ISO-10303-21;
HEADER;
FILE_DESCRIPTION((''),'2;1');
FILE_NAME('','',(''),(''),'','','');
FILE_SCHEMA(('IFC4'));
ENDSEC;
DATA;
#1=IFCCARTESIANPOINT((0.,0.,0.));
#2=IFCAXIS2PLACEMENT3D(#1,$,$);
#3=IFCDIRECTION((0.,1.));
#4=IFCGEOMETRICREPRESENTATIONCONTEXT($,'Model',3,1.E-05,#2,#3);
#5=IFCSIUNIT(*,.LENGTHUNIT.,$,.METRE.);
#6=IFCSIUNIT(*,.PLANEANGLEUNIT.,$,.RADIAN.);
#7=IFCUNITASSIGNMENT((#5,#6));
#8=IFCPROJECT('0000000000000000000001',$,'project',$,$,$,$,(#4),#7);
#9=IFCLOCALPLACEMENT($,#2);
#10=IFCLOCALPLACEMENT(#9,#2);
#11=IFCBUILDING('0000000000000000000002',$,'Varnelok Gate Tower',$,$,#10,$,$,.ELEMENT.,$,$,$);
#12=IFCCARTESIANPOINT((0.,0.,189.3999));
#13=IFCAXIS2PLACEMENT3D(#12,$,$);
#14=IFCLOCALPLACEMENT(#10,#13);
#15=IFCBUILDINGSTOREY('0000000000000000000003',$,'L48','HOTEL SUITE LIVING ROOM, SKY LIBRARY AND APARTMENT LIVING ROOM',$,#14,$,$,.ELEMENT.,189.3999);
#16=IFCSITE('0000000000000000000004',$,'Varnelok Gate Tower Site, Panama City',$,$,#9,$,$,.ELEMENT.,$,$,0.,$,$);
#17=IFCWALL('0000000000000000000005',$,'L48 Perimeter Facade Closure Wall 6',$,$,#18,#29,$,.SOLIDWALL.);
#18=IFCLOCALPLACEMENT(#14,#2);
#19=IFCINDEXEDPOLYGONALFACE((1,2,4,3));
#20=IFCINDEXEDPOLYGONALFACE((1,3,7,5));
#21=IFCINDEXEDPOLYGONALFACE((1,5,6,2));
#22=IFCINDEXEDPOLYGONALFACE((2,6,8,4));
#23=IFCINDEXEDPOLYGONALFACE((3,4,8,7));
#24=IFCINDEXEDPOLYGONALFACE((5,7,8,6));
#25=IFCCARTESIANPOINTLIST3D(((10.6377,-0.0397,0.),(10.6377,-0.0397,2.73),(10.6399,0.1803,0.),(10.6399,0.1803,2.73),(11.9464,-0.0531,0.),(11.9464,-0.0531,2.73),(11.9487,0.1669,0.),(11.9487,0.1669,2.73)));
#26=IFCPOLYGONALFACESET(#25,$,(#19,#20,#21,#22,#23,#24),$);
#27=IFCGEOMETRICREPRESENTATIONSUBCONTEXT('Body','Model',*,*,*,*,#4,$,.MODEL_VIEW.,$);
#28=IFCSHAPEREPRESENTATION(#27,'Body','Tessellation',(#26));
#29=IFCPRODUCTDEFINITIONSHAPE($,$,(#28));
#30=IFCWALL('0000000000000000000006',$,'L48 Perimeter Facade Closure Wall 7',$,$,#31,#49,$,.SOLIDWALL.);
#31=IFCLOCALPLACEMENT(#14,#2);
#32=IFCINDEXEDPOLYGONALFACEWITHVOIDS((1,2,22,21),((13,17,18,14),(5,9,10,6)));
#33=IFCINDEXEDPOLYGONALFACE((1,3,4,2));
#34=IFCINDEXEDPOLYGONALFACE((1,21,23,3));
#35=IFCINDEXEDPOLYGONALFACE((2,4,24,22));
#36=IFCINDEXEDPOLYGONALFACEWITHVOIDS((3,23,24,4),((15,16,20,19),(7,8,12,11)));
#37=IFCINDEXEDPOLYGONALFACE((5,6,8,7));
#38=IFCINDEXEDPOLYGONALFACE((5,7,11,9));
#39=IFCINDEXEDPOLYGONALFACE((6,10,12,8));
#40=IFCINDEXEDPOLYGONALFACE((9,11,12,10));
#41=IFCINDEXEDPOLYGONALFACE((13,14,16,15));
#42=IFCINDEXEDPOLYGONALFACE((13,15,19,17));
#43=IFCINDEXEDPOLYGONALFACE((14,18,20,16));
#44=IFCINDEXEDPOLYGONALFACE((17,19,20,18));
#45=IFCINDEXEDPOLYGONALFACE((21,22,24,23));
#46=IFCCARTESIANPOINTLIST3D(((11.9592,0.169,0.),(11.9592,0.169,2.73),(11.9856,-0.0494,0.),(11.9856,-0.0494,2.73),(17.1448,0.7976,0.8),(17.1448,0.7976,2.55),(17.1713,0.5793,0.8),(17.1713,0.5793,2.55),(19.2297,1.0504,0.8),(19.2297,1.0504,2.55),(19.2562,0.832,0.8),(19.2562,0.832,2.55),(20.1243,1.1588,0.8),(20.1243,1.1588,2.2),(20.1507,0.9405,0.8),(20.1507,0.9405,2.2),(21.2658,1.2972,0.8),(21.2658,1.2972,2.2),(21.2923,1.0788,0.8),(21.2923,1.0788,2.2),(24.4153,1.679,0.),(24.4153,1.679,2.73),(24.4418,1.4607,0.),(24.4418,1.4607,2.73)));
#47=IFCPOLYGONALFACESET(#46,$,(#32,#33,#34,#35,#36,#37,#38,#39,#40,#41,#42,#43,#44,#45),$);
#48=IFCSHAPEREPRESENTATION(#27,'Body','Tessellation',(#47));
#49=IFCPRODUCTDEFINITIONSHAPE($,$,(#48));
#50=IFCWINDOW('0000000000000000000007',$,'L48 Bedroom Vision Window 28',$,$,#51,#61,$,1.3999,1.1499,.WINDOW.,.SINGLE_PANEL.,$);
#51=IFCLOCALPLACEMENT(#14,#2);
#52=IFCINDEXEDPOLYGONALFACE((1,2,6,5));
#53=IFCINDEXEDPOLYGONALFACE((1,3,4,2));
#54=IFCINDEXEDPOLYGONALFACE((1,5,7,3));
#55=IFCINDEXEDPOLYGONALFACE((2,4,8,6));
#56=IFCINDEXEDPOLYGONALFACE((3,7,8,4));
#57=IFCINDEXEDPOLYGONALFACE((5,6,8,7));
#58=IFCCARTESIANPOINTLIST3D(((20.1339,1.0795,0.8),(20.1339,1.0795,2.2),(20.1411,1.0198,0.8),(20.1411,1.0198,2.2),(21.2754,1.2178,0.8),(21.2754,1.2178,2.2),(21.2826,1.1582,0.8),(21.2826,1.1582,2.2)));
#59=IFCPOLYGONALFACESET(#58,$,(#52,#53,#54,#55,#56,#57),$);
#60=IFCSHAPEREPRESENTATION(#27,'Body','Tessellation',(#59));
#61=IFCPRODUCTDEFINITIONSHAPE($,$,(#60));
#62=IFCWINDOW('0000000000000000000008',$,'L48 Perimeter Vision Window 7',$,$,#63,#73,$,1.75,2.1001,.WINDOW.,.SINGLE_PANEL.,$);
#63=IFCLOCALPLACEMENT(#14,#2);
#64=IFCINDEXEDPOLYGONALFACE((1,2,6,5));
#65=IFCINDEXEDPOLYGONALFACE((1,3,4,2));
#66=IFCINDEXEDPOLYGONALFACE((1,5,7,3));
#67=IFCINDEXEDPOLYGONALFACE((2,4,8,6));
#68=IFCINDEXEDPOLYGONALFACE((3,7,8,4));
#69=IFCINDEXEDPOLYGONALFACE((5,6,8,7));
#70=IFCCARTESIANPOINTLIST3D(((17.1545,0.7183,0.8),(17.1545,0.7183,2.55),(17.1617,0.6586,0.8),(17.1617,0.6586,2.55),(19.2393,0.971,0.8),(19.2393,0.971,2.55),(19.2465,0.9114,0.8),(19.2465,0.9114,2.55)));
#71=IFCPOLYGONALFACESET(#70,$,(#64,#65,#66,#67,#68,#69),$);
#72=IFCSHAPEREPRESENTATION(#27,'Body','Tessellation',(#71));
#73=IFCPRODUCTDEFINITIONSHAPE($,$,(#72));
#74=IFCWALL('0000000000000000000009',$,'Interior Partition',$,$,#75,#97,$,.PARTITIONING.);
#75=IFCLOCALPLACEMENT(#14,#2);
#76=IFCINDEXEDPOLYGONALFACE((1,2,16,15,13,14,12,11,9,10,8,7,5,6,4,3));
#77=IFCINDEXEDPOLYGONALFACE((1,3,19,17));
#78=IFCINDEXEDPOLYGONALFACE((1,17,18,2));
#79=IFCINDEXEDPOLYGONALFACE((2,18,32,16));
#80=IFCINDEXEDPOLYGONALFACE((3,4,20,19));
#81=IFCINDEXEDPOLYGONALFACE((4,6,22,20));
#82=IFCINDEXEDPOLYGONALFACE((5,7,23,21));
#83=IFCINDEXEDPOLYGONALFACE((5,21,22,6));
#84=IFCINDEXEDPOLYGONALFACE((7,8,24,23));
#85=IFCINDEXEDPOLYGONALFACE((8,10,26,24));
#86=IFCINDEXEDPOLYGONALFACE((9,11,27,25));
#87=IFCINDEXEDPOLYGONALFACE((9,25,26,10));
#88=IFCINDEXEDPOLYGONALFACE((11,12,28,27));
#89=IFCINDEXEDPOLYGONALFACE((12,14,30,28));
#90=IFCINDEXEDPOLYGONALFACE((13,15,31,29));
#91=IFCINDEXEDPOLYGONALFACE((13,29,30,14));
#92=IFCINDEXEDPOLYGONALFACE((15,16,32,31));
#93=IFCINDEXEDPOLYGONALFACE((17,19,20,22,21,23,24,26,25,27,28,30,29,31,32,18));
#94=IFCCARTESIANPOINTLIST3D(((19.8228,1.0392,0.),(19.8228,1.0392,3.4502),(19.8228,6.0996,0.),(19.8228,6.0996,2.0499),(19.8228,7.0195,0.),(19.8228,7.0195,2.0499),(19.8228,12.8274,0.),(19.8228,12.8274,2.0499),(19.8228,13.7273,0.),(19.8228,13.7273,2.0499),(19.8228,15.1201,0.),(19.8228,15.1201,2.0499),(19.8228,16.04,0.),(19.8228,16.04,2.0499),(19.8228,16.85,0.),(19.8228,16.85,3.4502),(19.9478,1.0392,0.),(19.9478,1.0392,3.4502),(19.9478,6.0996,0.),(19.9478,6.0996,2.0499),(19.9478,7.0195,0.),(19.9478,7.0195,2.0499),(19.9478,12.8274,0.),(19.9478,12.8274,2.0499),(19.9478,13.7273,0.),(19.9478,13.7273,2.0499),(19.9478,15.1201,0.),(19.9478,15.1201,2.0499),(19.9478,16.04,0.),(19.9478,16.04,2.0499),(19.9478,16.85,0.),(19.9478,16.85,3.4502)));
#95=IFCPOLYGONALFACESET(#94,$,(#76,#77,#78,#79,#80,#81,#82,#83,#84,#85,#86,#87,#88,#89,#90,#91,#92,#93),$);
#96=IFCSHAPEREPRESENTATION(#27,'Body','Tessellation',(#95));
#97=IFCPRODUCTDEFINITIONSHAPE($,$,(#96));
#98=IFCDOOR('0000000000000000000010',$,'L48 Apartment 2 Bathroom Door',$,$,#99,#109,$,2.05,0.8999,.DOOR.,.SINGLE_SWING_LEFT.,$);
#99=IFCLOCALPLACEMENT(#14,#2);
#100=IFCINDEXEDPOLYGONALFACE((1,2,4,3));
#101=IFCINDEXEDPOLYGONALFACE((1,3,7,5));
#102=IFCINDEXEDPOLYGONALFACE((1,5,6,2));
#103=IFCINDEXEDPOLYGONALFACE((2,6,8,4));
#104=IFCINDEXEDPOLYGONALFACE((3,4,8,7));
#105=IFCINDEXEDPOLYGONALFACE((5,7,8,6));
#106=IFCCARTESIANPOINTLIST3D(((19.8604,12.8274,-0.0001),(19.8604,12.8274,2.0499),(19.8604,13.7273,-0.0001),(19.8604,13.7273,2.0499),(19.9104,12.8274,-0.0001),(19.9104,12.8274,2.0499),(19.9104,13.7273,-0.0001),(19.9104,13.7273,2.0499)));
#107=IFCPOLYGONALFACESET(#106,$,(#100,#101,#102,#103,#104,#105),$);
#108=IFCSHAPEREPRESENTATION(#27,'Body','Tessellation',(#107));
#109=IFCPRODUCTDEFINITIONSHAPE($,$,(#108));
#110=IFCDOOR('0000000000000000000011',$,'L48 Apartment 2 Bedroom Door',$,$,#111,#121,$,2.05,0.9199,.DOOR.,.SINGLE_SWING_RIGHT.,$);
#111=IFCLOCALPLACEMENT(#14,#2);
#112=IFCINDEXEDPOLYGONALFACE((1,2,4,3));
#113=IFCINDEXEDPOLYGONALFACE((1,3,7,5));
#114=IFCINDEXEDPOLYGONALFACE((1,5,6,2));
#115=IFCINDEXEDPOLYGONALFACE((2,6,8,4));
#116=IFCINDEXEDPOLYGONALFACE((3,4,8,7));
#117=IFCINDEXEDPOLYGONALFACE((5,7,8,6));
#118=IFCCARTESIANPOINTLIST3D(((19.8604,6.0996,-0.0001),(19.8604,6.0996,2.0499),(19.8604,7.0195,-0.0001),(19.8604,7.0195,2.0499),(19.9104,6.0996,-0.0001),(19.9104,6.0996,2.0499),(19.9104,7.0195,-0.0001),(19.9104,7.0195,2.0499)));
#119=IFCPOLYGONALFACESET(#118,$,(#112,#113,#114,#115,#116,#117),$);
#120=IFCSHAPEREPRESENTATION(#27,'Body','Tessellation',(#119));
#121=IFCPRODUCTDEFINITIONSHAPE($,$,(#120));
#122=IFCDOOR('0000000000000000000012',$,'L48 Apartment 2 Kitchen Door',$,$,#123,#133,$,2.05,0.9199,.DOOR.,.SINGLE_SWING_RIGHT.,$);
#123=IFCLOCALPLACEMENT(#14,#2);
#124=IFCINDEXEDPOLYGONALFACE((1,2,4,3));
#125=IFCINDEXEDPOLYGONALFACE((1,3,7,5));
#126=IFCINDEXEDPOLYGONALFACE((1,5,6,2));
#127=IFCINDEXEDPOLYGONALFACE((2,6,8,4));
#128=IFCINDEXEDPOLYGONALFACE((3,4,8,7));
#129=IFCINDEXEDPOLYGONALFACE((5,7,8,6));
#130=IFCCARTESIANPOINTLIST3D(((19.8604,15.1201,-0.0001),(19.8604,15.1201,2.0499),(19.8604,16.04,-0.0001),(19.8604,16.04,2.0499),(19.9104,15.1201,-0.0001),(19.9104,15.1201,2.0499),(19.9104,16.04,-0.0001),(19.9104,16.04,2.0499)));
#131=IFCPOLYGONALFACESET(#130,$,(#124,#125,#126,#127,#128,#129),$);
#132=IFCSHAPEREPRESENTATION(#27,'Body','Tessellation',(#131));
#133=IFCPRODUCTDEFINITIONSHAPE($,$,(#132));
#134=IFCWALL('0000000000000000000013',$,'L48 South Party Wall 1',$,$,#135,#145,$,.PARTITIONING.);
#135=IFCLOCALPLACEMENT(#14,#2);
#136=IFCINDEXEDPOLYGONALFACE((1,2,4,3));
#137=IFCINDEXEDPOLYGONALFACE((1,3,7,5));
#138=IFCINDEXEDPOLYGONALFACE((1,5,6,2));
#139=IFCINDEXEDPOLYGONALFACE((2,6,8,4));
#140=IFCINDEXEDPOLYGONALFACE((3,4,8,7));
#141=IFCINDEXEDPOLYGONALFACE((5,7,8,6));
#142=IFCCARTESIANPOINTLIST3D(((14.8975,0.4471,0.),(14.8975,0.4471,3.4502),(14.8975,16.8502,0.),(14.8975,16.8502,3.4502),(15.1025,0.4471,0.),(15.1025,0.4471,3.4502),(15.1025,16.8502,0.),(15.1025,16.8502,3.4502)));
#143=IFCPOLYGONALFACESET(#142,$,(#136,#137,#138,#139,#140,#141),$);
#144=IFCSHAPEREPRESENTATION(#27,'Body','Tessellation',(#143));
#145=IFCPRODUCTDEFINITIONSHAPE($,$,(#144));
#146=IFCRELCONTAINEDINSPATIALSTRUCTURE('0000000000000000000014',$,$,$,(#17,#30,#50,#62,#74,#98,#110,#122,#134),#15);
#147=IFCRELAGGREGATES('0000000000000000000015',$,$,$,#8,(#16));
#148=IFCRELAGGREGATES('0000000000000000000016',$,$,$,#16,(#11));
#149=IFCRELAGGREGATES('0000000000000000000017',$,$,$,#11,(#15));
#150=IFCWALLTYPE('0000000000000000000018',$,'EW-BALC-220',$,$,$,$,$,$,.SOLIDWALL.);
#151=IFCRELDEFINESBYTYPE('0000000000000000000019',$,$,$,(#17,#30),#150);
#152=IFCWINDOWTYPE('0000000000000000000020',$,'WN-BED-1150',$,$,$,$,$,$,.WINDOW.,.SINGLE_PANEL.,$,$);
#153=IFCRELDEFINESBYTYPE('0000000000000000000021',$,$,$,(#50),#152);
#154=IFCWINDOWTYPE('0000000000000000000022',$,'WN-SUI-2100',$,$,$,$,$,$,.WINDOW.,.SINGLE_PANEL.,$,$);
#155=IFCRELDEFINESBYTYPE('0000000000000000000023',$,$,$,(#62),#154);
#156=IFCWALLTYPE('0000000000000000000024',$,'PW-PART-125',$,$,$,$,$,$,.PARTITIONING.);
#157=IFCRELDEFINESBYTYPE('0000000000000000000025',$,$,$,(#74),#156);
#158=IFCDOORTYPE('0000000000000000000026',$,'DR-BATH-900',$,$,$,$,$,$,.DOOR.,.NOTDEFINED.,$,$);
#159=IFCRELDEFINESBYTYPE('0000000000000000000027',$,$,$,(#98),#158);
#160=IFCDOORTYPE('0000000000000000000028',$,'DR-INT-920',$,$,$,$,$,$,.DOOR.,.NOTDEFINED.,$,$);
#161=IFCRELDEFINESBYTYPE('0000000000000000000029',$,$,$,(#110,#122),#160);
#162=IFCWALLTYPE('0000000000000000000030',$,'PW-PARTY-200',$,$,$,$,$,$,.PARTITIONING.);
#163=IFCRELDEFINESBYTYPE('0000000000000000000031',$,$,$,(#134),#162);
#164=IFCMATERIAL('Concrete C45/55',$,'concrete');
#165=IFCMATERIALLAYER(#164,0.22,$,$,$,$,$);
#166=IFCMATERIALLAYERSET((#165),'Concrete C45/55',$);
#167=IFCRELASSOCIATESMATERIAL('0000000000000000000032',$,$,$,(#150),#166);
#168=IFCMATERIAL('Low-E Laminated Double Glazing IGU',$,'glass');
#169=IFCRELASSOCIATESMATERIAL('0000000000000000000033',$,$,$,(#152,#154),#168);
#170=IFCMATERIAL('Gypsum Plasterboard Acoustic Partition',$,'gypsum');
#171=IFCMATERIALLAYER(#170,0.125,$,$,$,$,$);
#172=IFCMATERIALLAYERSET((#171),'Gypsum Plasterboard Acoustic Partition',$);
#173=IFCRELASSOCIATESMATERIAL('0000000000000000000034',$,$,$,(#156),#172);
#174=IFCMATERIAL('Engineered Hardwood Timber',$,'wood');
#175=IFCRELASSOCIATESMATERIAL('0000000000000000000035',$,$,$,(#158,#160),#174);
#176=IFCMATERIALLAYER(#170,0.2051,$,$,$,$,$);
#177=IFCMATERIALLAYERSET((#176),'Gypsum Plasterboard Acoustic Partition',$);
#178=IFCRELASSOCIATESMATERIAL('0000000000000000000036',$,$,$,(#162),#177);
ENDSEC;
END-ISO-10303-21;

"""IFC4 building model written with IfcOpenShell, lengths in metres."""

from ifc_helpers import new_model, si_unit, direction, frame, frame_2d, origin, place, context, subcontext, project, spatial, rectangle, extrude, material, layer, layer_set, type_object, element, fill, save


model = new_model("IFC4")

# Units and contexts
model_context = context("Model", 3, precision=1e-05, world=origin(), true_north=direction((0.0, 1.0)))
body_context = subcontext(model_context, "Body", "Model", "MODEL_VIEW")
ifc_project = project(units=[si_unit("LENGTHUNIT", "METRE"), si_unit("PLANEANGLEUNIT", "RADIAN")], contexts=[model_context])

# Site, building, storey
site_placement = place(None, origin())
site = spatial("IfcSite", under=ifc_project, at=site_placement, Name="Varnelok Gate Tower Site, Panama City", CompositionType="ELEMENT", RefElevation=0.0)
building_placement = place(site_placement, origin())
building = spatial("IfcBuilding", under=site, at=building_placement, Name="Varnelok Gate Tower", CompositionType="ELEMENT")
storey_placement = place(building_placement, frame((0.0, 0.0, 189.3999)))
storey = spatial("IfcBuildingStorey", under=building, at=storey_placement, Name="L48", Description="HOTEL SUITE LIVING ROOM, SKY LIBRARY AND APARTMENT LIVING ROOM", CompositionType="ELEMENT", Elevation=189.3999)

# Shared definitions
ifc_material_1 = material(Name="Concrete C45/55", Category="concrete")

# Wall
ifc_layer_1 = layer(ifc_material_1, 0.22)
ifc_layer_set_1 = layer_set([ifc_layer_1], Name="Concrete C45/55")
wall_type_1 = type_object("IfcWallType", Name="EW-BALC-220", PredefinedType="SOLIDWALL", material=ifc_layer_set_1)
wall_1_placement = place(storey_placement, frame((10.6389, 0.0703, 0.0), z_axis=(0.0, 0.0, 1.0), x_axis=(0.999947, -0.010259, 0.0)))
element("IfcWall", 1, at=wall_1_placement, inside=storey, type_object=wall_type_1, Name="L48 Perimeter Facade Closure Wall 6", PredefinedType="SOLIDWALL", context=body_context, shape_type="SweptSolid", body=[
    extrude(rectangle(XDim=1.3088, YDim=0.22, at=frame_2d((0.6543, 0.0))), origin(), (0.0, 0.0, 1.0), 2.73),
])

# Wall, openings, windows
wall_2_placement = place(storey_placement, frame((11.9724, 0.0598, 0.0), z_axis=(0.0, 0.0, 1.0), x_axis=(0.992732, 0.120346, 0.0)))
wall_2 = element("IfcWall", 2, at=wall_2_placement, inside=storey, type_object=wall_type_1, Name="L48 Perimeter Facade Closure Wall 7", PredefinedType="SOLIDWALL", context=body_context, shape_type="SweptSolid", body=[
    extrude(rectangle(XDim=12.5474, YDim=0.22, at=frame_2d((6.2737, 0.0))), origin(), (0.0, 0.0, 1.0), 2.73),
])
opening_1_placement = place(wall_2_placement, frame((5.2236, 0.0, 0.8)))
opening_1 = element("IfcOpeningElement", 3, at=opening_1_placement, cuts=wall_2, PredefinedType="OPENING", context=body_context, shape_type="SweptSolid", body=[
    extrude(rectangle(XDim=2.1001, YDim=1.75, at=frame_2d((1.05, 0.875))), frame((0.0, 0.1199, 0.0), z_axis=(0.0, -1.0, 0.0), x_axis=(1.0, 0.0, 0.0)), (0.0, 0.0, 1.0), 0.24),
])
opening_2_placement = place(wall_2_placement, frame((8.2249, 0.0, 0.8)))
opening_2 = element("IfcOpeningElement", 4, at=opening_2_placement, cuts=wall_2, PredefinedType="OPENING", context=body_context, shape_type="SweptSolid", body=[
    extrude(rectangle(XDim=1.1499, YDim=1.3999, at=frame_2d((0.575, 0.7))), frame((0.0, 0.1199, 0.0), z_axis=(0.0, -1.0, 0.0), x_axis=(1.0, 0.0, 0.0)), (0.0, 0.0, 1.0), 0.24),
])
ifc_material_2 = material(Name="Low-E Laminated Double Glazing IGU", Category="glass")
window_type_1 = type_object("IfcWindowType", Name="WN-BED-1150", PartitioningType="SINGLE_PANEL", PredefinedType="WINDOW", material=ifc_material_2)
window_1_placement = place(opening_2_placement, origin())
window_1 = element("IfcWindow", 5, at=window_1_placement, inside=storey, type_object=window_type_1, Name="L48 Bedroom Vision Window 28", OverallHeight=1.3999, OverallWidth=1.1499, PartitioningType="SINGLE_PANEL", PredefinedType="WINDOW", context=body_context, shape_type="SweptSolid", body=[
    extrude(rectangle(XDim=1.1499, YDim=1.3999, at=frame_2d((0.575, 0.7))), frame((0.0, 0.03, 0.0), z_axis=(0.0, -1.0, 0.0), x_axis=(1.0, 0.0, 0.0)), (0.0, 0.0, 1.0), 0.0601),
])
fill(opening_2, window_1)
window_type_2 = type_object("IfcWindowType", Name="WN-SUI-2100", PartitioningType="SINGLE_PANEL", PredefinedType="WINDOW", material=ifc_material_2)
window_2_placement = place(opening_1_placement, origin())
window_2 = element("IfcWindow", 6, at=window_2_placement, inside=storey, type_object=window_type_2, Name="L48 Perimeter Vision Window 7", OverallHeight=1.75, OverallWidth=2.1001, PartitioningType="SINGLE_PANEL", PredefinedType="WINDOW", context=body_context, shape_type="SweptSolid", body=[
    extrude(rectangle(XDim=2.1001, YDim=1.75, at=frame_2d((1.05, 0.875))), frame((0.0, 0.03, 0.0), z_axis=(0.0, -1.0, 0.0), x_axis=(1.0, 0.0, 0.0)), (0.0, 0.0, 1.0), 0.0601),
])
fill(opening_1, window_2)

# Wall, openings, doors
ifc_material_3 = material(Name="Gypsum Plasterboard Acoustic Partition", Category="gypsum")
ifc_layer_2 = layer(ifc_material_3, 0.125)
ifc_layer_set_2 = layer_set([ifc_layer_2], Name="Gypsum Plasterboard Acoustic Partition")
wall_type_2 = type_object("IfcWallType", Name="PW-PART-125", PredefinedType="PARTITIONING", material=ifc_layer_set_2)
wall_3_placement = place(storey_placement, frame((19.8853, 1.0393, 0.0), z_axis=(0.0, 0.0, 1.0), x_axis=(0.0, 1.0, 0.0)))
wall_3 = element("IfcWall", 7, at=wall_3_placement, inside=storey, type_object=wall_type_2, Name="Interior Partition", PredefinedType="PARTITIONING", context=body_context, shape_type="SweptSolid", body=[
    extrude(rectangle(XDim=15.8108, YDim=0.125, at=frame_2d((7.9053, 0.0))), origin(), (0.0, 0.0, 1.0), 3.4502),
])
opening_3_placement = place(wall_3_placement, frame((5.0603, 0.0, 0.0)))
opening_3 = element("IfcOpeningElement", 8, at=opening_3_placement, cuts=wall_3, PredefinedType="OPENING", context=body_context, shape_type="SweptSolid", body=[
    extrude(rectangle(XDim=0.9199, YDim=2.05, at=frame_2d((0.46, 1.0249))), frame((0.0, 0.0725, 0.0), z_axis=(0.0, -1.0, 0.0), x_axis=(1.0, 0.0, 0.0)), (0.0, 0.0, 1.0), 0.145),
])
opening_4_placement = place(wall_3_placement, frame((11.7881, 0.0, 0.0)))
opening_4 = element("IfcOpeningElement", 9, at=opening_4_placement, cuts=wall_3, PredefinedType="OPENING", context=body_context, shape_type="SweptSolid", body=[
    extrude(rectangle(XDim=0.8999, YDim=2.05, at=frame_2d((0.45, 1.0249))), frame((0.0, 0.0725, 0.0), z_axis=(0.0, -1.0, 0.0), x_axis=(1.0, 0.0, 0.0)), (0.0, 0.0, 1.0), 0.145),
])
opening_5_placement = place(wall_3_placement, frame((14.0808, 0.0, 0.0)))
opening_5 = element("IfcOpeningElement", 10, at=opening_5_placement, cuts=wall_3, PredefinedType="OPENING", context=body_context, shape_type="SweptSolid", body=[
    extrude(rectangle(XDim=0.9199, YDim=2.05, at=frame_2d((0.46, 1.0249))), frame((0.0, 0.0725, 0.0), z_axis=(0.0, -1.0, 0.0), x_axis=(1.0, 0.0, 0.0)), (0.0, 0.0, 1.0), 0.145),
])
ifc_material_4 = material(Name="Engineered Hardwood Timber", Category="wood")
door_type_1 = type_object("IfcDoorType", Name="DR-BATH-900", OperationType="NOTDEFINED", PredefinedType="DOOR", material=ifc_material_4)
door_1_placement = place(opening_4_placement, origin())
door_1 = element("IfcDoor", 11, at=door_1_placement, inside=storey, type_object=door_type_1, Name="L48 Apartment 2 Bathroom Door", OperationType="SINGLE_SWING_LEFT", OverallHeight=2.05, OverallWidth=0.8999, PredefinedType="DOOR", context=body_context, shape_type="SweptSolid", body=[
    extrude(rectangle(XDim=0.8999, YDim=2.05, at=frame_2d((0.45, 1.0249))), frame((0.0, 0.0249, 0.0), z_axis=(0.0, -1.0, 0.0), x_axis=(1.0, 0.0, 0.0)), (0.0, 0.0, 1.0), 0.05),
])
fill(opening_4, door_1)
door_type_2 = type_object("IfcDoorType", Name="DR-INT-920", OperationType="NOTDEFINED", PredefinedType="DOOR", material=ifc_material_4)
door_2_placement = place(opening_3_placement, origin())
door_2 = element("IfcDoor", 12, at=door_2_placement, inside=storey, type_object=door_type_2, Name="L48 Apartment 2 Bedroom Door", OperationType="SINGLE_SWING_RIGHT", OverallHeight=2.05, OverallWidth=0.9199, PredefinedType="DOOR", context=body_context, shape_type="SweptSolid", body=[
    extrude(rectangle(XDim=0.9199, YDim=2.05, at=frame_2d((0.46, 1.0249))), frame((0.0, 0.0249, 0.0), z_axis=(0.0, -1.0, 0.0), x_axis=(1.0, 0.0, 0.0)), (0.0, 0.0, 1.0), 0.05),
])
fill(opening_3, door_2)
door_3_placement = place(opening_5_placement, origin())
door_3 = element("IfcDoor", 13, at=door_3_placement, inside=storey, type_object=door_type_2, Name="L48 Apartment 2 Kitchen Door", OperationType="SINGLE_SWING_RIGHT", OverallHeight=2.05, OverallWidth=0.9199, PredefinedType="DOOR", context=body_context, shape_type="SweptSolid", body=[
    extrude(rectangle(XDim=0.9199, YDim=2.05, at=frame_2d((0.46, 1.0249))), frame((0.0, 0.0249, 0.0), z_axis=(0.0, -1.0, 0.0), x_axis=(1.0, 0.0, 0.0)), (0.0, 0.0, 1.0), 0.05),
])
fill(opening_5, door_3)

# Wall
ifc_layer_3 = layer(ifc_material_3, 0.2051)
ifc_layer_set_3 = layer_set([ifc_layer_3], Name="Gypsum Plasterboard Acoustic Partition")
wall_type_3 = type_object("IfcWallType", Name="PW-PARTY-200", PredefinedType="PARTITIONING", material=ifc_layer_set_3)
wall_4_placement = place(storey_placement, frame((15.0, 0.447, 0.0), z_axis=(0.0, 0.0, 1.0), x_axis=(0.0, 1.0, 0.0)))
element("IfcWall", 14, at=wall_4_placement, inside=storey, type_object=wall_type_3, Name="L48 South Party Wall 1", PredefinedType="PARTITIONING", context=body_context, shape_type="SweptSolid", body=[
    extrude(rectangle(XDim=16.4031, YDim=0.2051, at=frame_2d((8.2017, 0.0))), origin(), (0.0, 0.0, 1.0), 3.4502),
])

save(model, "model.ifc")
